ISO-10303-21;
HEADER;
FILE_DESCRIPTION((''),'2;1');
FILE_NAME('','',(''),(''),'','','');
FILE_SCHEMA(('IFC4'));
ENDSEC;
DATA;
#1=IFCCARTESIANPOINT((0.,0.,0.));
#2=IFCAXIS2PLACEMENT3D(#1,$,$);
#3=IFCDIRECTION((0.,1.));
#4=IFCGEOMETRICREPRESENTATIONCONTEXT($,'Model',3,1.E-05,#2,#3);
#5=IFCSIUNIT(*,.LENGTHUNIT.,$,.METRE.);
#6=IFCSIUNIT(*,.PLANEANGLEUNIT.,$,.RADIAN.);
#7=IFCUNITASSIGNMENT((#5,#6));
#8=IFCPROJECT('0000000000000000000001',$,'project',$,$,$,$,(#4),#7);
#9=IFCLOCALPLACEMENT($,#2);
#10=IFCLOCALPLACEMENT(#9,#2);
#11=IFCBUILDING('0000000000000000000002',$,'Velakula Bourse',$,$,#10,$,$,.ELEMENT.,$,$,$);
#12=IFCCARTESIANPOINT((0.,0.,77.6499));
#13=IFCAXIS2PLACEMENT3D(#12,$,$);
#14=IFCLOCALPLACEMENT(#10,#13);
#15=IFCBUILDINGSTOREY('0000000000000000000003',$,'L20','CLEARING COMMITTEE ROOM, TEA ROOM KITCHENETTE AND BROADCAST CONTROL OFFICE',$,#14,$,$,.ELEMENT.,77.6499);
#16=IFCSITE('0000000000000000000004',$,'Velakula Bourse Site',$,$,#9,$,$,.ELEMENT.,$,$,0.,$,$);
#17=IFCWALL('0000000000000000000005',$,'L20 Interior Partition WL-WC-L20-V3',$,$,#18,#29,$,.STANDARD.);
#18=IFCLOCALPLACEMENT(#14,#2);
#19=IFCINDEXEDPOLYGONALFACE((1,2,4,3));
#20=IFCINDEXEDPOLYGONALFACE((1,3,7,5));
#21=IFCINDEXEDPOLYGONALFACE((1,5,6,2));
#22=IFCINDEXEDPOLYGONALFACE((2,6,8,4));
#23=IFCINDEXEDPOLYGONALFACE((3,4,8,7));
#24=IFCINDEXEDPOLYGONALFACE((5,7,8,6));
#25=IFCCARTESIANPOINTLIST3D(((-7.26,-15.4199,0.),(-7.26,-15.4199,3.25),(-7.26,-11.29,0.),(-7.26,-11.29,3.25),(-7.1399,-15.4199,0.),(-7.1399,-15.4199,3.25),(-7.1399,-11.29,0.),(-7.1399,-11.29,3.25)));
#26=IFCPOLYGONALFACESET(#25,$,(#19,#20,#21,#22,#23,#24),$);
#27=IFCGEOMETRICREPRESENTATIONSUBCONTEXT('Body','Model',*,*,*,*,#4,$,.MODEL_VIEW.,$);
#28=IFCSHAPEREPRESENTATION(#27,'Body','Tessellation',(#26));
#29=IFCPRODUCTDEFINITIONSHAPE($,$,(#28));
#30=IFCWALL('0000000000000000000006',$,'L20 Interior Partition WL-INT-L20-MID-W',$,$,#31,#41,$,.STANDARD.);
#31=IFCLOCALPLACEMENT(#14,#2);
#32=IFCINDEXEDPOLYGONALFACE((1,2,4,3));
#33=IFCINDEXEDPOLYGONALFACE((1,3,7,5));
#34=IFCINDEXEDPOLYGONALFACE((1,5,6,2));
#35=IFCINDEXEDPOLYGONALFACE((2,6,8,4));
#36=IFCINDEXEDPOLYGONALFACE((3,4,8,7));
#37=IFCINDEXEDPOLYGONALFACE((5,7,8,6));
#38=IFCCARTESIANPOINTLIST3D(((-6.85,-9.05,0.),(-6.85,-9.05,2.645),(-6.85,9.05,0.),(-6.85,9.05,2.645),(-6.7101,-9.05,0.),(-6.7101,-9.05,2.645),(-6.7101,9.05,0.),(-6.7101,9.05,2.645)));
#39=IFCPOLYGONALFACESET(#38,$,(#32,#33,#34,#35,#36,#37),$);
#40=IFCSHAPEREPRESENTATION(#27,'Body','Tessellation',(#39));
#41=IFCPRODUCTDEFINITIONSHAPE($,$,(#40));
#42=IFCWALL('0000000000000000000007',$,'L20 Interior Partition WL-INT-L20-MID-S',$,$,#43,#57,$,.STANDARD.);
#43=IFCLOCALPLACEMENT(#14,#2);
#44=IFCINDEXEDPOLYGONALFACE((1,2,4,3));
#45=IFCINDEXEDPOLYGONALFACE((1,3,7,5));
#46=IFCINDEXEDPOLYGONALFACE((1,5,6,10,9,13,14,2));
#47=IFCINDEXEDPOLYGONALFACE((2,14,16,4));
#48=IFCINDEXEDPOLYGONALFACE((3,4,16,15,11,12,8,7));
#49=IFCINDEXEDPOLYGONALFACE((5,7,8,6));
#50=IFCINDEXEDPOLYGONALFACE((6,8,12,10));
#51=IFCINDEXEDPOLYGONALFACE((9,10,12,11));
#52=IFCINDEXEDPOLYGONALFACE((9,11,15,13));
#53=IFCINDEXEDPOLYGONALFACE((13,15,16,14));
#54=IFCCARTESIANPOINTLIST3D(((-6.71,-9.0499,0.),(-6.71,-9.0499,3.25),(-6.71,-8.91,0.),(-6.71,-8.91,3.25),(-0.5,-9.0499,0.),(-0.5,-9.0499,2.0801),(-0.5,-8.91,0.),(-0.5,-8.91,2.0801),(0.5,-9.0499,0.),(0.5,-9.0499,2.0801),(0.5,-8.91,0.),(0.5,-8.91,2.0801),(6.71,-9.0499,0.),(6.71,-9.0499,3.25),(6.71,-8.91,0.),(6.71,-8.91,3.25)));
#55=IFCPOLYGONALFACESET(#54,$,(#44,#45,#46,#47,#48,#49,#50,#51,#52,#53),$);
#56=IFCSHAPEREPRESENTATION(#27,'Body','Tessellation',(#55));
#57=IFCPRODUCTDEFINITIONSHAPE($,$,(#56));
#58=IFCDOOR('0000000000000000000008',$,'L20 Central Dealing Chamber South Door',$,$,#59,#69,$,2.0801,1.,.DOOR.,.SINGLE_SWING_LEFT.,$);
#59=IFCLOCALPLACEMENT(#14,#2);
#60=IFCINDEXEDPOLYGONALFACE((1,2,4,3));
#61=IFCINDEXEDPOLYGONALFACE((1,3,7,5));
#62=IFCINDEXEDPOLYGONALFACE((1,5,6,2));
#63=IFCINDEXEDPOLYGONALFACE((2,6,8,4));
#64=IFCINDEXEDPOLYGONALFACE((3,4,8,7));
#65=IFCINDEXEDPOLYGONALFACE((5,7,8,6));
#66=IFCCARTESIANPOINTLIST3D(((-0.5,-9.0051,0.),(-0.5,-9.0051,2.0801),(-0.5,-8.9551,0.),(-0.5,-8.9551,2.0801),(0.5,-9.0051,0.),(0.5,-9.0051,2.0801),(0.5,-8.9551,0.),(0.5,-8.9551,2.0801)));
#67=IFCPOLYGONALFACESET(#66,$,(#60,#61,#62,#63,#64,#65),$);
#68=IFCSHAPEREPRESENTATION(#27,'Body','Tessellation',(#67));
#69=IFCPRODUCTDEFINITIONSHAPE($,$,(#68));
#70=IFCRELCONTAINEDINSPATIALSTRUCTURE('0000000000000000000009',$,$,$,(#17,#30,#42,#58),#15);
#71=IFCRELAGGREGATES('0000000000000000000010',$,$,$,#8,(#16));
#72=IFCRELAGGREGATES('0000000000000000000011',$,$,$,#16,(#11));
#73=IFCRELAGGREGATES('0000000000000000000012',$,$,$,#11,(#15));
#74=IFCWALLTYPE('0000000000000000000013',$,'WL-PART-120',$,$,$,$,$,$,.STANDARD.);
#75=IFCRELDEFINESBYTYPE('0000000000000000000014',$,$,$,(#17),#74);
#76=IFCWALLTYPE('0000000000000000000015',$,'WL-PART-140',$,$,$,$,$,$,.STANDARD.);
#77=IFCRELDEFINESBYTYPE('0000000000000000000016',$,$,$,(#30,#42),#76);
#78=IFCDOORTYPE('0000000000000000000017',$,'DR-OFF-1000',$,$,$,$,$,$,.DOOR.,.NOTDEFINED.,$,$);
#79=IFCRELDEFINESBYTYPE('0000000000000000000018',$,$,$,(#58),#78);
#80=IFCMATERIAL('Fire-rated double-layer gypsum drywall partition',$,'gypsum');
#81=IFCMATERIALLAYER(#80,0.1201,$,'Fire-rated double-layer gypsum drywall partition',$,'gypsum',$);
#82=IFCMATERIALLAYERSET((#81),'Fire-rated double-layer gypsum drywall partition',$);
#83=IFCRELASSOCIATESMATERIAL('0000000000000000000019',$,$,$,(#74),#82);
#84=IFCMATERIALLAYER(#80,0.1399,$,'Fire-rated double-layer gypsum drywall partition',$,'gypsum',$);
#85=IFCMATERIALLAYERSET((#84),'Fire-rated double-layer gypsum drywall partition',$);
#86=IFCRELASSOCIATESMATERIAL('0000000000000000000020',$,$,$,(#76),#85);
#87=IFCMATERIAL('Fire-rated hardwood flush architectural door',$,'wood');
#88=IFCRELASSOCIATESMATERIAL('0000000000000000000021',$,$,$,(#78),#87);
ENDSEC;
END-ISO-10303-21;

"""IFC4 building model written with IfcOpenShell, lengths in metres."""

from ifc_helpers import new_model, si_unit, direction, frame, frame_2d, origin, place, context, subcontext, project, spatial, rectangle, extrude, material, layer, layer_set, type_object, element, fill, save


model = new_model("IFC4")

# Units and contexts
model_context = context("Model", 3, precision=1e-05, world=origin(), true_north=direction((0.0, 1.0)))
body_context = subcontext(model_context, "Body", "Model", "MODEL_VIEW")
ifc_project = project(units=[si_unit("LENGTHUNIT", "METRE"), si_unit("PLANEANGLEUNIT", "RADIAN")], contexts=[model_context])

# Site, building, storey
site_placement = place(None, origin())
site = spatial("IfcSite", under=ifc_project, at=site_placement, Name="Velakula Bourse Site", CompositionType="ELEMENT", RefElevation=0.0)
building_placement = place(site_placement, origin())
building = spatial("IfcBuilding", under=site, at=building_placement, Name="Velakula Bourse", CompositionType="ELEMENT")
storey_placement = place(building_placement, frame((0.0, 0.0, 77.6499)))
storey = spatial("IfcBuildingStorey", under=building, at=storey_placement, Name="L20", Description="CLEARING COMMITTEE ROOM, TEA ROOM KITCHENETTE AND BROADCAST CONTROL OFFICE", CompositionType="ELEMENT", Elevation=77.6499)

# Walls
ifc_material_1 = material(Name="Fire-rated double-layer gypsum drywall partition", Category="gypsum")
ifc_layer_1 = layer(ifc_material_1, 0.1201, Name="Fire-rated double-layer gypsum drywall partition", Category="gypsum")
ifc_layer_set_1 = layer_set([ifc_layer_1], Name="Fire-rated double-layer gypsum drywall partition")
wall_type_1 = type_object("IfcWallType", Name="WL-PART-120", PredefinedType="STANDARD", material=ifc_layer_set_1)
for number, where, z_axis, x_axis, name in (
    (1, (-7.2, -15.4199, 0.0), (0.0, 0.0, 1.0), (0.0, 1.0, 0.0), "L20 Interior Partition WL-WC-L20-V3"),
):
    element("IfcWall", number, at=place(storey_placement, frame(where, z_axis=z_axis, x_axis=x_axis)), inside=storey, type_object=wall_type_1, Name=name, PredefinedType="STANDARD", context=body_context, shape_type="SweptSolid", body=[
        extrude(rectangle(XDim=4.1299, YDim=0.1201, at=frame_2d((2.0649, 0.0))), origin(), (0.0, 0.0, 1.0), 3.25),
    ])
ifc_layer_2 = layer(ifc_material_1, 0.1399, Name="Fire-rated double-layer gypsum drywall partition", Category="gypsum")
ifc_layer_set_2 = layer_set([ifc_layer_2], Name="Fire-rated double-layer gypsum drywall partition")
wall_type_2 = type_object("IfcWallType", Name="WL-PART-140", PredefinedType="STANDARD", material=ifc_layer_set_2)
wall_1_placement = place(storey_placement, frame((-6.78, -9.05, 0.0), z_axis=(0.0, 0.0, 1.0), x_axis=(0.0, 1.0, 0.0)))
element("IfcWall", 2, at=wall_1_placement, inside=storey, type_object=wall_type_2, Name="L20 Interior Partition WL-INT-L20-MID-W", PredefinedType="STANDARD", context=body_context, shape_type="SweptSolid", body=[
    extrude(rectangle(XDim=18.1001, YDim=0.1399, at=frame_2d((9.05, 0.0))), origin(), (0.0, 0.0, 1.0), 2.645),
])

# Wall, opening, door
wall_2_placement = place(storey_placement, frame((-6.71, -8.98, 0.0), z_axis=(0.0, 0.0, 1.0), x_axis=(1.0, 0.0, 0.0)))
wall_2 = element("IfcWall", 3, at=wall_2_placement, inside=storey, type_object=wall_type_2, Name="L20 Interior Partition WL-INT-L20-MID-S", PredefinedType="STANDARD", context=body_context, shape_type="SweptSolid", body=[
    extrude(rectangle(XDim=13.4199, YDim=0.1399, at=frame_2d((6.71, 0.0))), origin(), (0.0, 0.0, 1.0), 3.25),
])
opening_1_placement = place(wall_2_placement, frame((6.21, 0.0, 0.0)))
opening_1 = element("IfcOpeningElement", 4, at=opening_1_placement, cuts=wall_2, PredefinedType="OPENING", context=body_context, shape_type="SweptSolid", body=[
    extrude(rectangle(XDim=1.0, YDim=2.0801, at=frame_2d((0.5, 1.04))), frame((0.0, 0.0798, 0.0), z_axis=(0.0, -1.0, 0.0), x_axis=(1.0, 0.0, 0.0)), (0.0, 0.0, 1.0), 0.1599),
])
ifc_material_2 = material(Name="Fire-rated hardwood flush architectural door", Category="wood")
door_type = type_object("IfcDoorType", Name="DR-OFF-1000", OperationType="NOTDEFINED", PredefinedType="DOOR", material=ifc_material_2)
door_placement = place(opening_1_placement, origin())
door = element("IfcDoor", 5, at=door_placement, inside=storey, type_object=door_type, Name="L20 Central Dealing Chamber South Door", OperationType="SINGLE_SWING_LEFT", OverallHeight=2.0801, OverallWidth=1.0, PredefinedType="DOOR", context=body_context, shape_type="SweptSolid", body=[
    extrude(rectangle(XDim=1.0, YDim=2.0801, at=frame_2d((0.5, 1.04))), frame((0.0, 0.0249, 0.0), z_axis=(0.0, -1.0, 0.0), x_axis=(1.0, 0.0, 0.0)), (0.0, 0.0, 1.0), 0.05),
])
fill(opening_1, door)

save(model, "model.ifc")
